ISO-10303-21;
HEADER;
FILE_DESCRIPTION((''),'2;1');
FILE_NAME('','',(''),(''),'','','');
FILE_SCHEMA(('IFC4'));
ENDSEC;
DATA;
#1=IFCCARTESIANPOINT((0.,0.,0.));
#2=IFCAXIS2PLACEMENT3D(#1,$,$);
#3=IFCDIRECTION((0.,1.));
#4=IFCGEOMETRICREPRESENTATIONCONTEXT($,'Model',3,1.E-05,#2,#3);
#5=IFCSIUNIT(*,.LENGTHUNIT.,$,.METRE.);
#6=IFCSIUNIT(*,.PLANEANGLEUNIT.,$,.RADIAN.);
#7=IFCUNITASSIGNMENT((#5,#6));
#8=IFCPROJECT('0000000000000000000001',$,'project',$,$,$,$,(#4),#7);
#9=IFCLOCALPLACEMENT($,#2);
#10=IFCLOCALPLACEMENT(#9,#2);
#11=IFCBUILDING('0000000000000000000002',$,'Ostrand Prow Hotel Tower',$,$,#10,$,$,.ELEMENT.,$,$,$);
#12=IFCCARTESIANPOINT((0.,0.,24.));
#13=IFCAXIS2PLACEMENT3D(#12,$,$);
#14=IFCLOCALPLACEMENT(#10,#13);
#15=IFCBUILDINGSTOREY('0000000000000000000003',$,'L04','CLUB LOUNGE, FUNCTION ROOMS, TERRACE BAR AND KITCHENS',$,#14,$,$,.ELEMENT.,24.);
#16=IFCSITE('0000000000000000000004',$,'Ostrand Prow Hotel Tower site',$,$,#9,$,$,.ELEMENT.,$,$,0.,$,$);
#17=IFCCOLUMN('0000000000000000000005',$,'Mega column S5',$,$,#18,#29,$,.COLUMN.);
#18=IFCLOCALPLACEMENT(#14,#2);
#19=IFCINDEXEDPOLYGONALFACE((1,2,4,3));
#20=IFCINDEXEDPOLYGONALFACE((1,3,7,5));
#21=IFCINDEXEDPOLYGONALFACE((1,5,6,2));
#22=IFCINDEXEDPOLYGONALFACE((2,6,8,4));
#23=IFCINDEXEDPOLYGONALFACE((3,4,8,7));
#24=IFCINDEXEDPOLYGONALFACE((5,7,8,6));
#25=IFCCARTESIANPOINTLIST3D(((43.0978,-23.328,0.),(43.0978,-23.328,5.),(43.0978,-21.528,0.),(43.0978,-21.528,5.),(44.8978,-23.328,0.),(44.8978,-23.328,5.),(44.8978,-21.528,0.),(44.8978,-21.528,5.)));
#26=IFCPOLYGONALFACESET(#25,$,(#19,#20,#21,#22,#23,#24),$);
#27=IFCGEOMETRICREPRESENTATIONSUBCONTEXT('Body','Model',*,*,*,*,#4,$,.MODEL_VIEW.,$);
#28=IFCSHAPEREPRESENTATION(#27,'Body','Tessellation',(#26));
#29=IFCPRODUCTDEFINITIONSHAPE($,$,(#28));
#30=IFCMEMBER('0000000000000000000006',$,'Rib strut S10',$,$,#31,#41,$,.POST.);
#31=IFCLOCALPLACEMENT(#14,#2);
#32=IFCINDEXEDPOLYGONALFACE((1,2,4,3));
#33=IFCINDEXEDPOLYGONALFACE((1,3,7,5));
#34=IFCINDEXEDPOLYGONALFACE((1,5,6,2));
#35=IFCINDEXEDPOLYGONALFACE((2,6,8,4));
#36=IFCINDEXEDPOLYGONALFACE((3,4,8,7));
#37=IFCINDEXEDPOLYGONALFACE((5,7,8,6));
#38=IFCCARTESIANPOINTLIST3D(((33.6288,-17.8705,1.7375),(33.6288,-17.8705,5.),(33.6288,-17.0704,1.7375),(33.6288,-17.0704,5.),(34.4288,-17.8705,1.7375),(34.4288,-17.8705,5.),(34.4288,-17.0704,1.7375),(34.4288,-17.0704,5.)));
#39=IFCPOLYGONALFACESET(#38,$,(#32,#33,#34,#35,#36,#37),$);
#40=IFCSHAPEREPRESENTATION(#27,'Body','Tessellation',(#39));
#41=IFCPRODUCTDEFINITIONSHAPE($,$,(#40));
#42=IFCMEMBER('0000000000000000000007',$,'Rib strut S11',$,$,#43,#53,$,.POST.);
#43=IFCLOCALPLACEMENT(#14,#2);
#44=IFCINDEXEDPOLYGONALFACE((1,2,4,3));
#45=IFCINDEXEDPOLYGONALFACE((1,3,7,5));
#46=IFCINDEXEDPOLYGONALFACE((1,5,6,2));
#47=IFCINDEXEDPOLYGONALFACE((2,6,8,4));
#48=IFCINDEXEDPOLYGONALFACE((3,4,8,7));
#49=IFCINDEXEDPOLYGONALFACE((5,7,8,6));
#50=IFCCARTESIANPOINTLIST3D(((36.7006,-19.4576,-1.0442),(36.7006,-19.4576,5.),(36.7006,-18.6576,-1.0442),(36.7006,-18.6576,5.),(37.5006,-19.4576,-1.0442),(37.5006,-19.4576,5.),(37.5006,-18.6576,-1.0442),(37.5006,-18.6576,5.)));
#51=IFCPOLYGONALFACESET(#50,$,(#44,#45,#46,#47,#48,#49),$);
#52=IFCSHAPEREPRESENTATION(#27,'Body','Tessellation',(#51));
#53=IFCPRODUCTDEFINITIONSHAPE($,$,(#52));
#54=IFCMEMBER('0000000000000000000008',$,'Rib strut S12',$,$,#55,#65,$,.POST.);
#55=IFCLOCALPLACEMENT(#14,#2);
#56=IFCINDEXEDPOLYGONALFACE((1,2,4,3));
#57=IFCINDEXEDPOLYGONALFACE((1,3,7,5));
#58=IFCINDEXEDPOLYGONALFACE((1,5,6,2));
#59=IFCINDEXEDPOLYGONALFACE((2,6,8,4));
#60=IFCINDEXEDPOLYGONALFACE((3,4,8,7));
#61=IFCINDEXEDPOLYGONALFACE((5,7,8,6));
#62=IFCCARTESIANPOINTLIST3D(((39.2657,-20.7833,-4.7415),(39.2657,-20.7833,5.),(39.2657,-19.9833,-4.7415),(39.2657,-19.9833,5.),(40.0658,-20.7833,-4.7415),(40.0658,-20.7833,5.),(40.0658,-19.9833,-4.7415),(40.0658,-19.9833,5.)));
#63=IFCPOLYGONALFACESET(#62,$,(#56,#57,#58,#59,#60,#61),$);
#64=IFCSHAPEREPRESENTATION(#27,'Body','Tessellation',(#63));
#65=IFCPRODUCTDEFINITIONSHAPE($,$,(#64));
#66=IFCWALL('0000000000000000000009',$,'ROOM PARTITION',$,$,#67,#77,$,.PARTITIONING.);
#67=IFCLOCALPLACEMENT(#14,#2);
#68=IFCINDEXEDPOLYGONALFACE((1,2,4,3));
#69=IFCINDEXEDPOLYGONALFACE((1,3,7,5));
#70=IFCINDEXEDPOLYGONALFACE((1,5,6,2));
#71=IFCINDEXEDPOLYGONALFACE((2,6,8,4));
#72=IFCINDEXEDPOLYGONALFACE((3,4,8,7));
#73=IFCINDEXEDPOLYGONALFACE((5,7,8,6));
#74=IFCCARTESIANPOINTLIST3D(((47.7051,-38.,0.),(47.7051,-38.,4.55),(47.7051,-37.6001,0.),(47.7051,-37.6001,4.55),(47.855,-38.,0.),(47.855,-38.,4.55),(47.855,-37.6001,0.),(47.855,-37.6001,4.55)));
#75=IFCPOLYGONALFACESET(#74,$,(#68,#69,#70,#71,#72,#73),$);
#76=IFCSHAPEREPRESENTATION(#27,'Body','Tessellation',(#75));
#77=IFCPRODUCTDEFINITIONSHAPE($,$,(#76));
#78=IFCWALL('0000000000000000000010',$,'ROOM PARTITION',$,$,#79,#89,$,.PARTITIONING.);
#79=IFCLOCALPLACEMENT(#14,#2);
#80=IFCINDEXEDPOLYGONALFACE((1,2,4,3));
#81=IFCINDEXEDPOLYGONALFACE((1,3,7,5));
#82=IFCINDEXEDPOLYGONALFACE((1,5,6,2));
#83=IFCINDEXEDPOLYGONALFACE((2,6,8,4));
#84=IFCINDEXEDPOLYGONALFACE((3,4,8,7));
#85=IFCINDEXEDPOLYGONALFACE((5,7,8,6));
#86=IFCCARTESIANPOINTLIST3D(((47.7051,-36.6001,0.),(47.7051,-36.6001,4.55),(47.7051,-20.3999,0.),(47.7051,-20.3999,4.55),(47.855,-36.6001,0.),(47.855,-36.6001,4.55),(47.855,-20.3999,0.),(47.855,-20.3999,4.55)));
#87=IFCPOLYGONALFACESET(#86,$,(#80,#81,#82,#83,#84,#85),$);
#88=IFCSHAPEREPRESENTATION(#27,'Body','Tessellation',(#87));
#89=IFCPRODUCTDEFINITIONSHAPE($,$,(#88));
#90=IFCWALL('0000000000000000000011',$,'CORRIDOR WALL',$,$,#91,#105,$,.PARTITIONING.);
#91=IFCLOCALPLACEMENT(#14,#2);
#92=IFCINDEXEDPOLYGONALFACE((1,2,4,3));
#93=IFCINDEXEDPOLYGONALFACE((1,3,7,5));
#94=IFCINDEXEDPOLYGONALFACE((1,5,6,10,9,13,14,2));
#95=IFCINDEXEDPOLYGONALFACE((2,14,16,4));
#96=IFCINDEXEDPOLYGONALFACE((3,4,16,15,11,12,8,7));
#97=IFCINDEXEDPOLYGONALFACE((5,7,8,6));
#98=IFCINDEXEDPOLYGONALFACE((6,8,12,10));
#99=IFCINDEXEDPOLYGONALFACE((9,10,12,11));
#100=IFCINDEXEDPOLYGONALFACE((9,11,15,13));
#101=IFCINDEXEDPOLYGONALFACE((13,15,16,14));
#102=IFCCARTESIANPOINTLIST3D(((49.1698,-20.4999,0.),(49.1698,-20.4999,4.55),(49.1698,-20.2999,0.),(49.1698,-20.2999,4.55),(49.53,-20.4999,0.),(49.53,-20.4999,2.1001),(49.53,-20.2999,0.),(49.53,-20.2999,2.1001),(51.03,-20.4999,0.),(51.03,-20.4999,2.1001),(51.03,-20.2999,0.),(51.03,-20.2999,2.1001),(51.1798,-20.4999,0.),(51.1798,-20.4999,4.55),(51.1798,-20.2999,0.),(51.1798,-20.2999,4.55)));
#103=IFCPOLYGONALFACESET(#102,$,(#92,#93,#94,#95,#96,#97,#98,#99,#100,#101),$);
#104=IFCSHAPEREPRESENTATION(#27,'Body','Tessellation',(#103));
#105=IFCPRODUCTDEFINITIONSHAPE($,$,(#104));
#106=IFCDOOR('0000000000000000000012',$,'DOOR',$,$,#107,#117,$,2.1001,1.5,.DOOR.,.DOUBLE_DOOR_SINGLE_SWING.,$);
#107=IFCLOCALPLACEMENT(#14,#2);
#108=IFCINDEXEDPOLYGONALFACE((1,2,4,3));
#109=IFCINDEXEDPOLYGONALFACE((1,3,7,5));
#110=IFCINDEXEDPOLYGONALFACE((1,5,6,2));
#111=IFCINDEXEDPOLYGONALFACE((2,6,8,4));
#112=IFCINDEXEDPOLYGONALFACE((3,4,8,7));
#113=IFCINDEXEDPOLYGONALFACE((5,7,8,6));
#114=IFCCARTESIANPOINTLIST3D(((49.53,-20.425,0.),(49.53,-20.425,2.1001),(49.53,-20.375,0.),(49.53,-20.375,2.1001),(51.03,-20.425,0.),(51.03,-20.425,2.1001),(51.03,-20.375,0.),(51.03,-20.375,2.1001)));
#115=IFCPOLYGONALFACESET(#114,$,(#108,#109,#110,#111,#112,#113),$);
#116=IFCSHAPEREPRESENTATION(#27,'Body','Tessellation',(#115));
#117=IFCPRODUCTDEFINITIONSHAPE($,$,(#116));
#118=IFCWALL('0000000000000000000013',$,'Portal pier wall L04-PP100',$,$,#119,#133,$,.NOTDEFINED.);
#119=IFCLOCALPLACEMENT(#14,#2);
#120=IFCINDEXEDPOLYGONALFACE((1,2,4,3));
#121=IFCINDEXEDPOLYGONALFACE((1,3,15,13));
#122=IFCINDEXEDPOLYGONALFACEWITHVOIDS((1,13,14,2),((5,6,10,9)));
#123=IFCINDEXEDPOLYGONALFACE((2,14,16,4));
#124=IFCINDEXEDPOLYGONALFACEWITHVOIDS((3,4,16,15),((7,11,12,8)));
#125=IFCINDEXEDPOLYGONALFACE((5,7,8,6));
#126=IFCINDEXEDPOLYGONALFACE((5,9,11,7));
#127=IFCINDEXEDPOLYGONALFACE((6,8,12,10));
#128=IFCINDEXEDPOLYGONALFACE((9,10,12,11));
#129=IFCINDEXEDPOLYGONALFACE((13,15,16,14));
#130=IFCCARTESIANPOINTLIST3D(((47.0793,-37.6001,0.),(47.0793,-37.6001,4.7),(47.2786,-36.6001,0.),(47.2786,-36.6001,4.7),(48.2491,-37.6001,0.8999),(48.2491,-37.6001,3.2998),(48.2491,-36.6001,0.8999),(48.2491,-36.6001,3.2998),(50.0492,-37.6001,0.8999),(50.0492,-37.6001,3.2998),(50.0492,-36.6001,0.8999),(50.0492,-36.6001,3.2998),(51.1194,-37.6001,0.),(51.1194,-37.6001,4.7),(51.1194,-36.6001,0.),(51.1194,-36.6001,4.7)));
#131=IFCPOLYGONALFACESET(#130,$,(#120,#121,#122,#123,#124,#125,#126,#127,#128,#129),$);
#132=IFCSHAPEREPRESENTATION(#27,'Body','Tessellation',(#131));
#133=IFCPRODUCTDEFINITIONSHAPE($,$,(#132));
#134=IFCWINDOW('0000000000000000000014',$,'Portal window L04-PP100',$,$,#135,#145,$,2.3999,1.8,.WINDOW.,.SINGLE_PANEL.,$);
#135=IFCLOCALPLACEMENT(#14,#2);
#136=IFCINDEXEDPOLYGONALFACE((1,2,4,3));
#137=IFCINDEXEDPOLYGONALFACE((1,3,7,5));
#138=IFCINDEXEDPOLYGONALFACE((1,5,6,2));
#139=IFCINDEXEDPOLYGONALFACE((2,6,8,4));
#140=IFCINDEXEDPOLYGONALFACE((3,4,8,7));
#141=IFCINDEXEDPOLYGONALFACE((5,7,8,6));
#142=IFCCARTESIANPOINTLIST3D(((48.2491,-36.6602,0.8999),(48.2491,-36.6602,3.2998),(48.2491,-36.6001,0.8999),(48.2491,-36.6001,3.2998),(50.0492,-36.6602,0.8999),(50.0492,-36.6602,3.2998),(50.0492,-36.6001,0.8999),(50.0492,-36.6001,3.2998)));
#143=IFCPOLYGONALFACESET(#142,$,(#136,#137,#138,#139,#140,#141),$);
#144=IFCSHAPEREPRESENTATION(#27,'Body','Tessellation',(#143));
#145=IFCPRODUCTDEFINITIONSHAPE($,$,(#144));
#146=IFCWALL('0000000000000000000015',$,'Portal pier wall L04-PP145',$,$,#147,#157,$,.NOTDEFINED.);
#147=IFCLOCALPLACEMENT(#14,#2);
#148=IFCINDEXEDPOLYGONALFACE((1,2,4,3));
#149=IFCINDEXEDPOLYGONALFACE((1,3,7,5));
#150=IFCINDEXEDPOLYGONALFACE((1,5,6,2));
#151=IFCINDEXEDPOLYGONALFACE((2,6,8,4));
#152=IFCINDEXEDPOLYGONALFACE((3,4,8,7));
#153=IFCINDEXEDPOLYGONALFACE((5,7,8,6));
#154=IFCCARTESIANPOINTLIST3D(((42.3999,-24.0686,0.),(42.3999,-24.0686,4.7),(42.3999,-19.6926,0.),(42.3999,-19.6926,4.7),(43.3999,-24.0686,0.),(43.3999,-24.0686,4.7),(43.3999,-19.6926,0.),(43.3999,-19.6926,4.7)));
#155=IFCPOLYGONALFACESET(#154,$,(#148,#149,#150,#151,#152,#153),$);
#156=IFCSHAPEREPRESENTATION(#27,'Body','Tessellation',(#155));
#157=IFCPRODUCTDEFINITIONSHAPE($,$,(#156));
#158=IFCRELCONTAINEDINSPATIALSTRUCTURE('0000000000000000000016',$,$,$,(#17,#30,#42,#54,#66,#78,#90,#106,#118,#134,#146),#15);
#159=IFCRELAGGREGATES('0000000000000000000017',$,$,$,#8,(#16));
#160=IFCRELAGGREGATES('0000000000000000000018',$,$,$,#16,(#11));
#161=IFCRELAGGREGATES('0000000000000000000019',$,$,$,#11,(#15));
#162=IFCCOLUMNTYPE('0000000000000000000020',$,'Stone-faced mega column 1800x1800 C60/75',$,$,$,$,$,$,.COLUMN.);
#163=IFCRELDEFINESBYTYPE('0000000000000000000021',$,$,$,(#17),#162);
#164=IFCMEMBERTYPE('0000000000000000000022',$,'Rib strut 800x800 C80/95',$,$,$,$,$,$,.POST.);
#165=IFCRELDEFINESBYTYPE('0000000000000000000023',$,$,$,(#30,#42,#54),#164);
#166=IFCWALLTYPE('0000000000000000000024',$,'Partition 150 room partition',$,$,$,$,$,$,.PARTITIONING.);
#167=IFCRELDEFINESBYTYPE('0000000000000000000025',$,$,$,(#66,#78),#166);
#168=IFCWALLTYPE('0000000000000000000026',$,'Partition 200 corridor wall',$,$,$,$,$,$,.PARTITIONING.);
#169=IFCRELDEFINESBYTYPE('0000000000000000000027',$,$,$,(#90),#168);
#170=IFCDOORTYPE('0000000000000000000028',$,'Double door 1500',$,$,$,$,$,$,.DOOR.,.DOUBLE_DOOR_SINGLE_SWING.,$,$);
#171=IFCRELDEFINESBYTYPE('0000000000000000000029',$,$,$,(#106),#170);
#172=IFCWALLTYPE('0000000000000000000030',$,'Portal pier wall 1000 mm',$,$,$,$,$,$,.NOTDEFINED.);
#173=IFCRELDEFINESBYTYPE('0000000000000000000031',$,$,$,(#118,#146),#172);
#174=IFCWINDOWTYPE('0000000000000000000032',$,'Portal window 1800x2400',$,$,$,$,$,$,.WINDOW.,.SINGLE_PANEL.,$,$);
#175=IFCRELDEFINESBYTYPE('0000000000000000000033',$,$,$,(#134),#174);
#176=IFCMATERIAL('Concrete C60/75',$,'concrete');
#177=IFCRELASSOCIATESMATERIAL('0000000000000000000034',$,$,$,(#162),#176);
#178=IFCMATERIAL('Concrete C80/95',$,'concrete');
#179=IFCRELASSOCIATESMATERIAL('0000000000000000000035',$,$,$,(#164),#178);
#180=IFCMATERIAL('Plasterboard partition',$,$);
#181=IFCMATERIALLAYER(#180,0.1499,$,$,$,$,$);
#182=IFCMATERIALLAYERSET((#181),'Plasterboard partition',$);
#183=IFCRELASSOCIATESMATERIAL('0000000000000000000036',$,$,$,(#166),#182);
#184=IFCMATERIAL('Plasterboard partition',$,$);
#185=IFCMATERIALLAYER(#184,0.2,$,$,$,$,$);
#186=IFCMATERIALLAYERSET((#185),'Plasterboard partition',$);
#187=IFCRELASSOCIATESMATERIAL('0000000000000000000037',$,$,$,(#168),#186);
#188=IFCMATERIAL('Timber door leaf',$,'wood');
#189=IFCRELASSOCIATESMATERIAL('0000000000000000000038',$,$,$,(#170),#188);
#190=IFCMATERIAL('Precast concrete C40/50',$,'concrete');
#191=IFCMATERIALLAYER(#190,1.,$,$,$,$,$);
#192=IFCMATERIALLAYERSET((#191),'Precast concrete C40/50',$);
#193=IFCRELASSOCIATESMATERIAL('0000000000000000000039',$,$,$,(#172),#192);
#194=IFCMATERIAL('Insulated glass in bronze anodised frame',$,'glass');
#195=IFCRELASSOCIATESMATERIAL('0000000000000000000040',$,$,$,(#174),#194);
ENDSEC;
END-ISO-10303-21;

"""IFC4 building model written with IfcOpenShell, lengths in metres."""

from ifc_helpers import new_model, si_unit, direction, frame, frame_2d, origin, origin_2d, place, context, subcontext, project, spatial, polyline, rectangle, outline, extrude, material, layer, layer_set, material_profile, profile_set, type_object, element, fill, save


model = new_model("IFC4")

# Units and contexts
model_context = context("Model", 3, precision=1e-05, world=origin(), true_north=direction((0.0, 1.0)))
body_context = subcontext(model_context, "Body", "Model", "MODEL_VIEW")
ifc_project = project(units=[si_unit("LENGTHUNIT", "METRE"), si_unit("PLANEANGLEUNIT", "RADIAN")], contexts=[model_context])

# Site, building, storey
site_placement = place(None, origin())
site = spatial("IfcSite", under=ifc_project, at=site_placement, Name="Ostrand Prow Hotel Tower site", CompositionType="ELEMENT", RefElevation=0.0)
building_placement = place(site_placement, origin())
building = spatial("IfcBuilding", under=site, at=building_placement, Name="Ostrand Prow Hotel Tower", CompositionType="ELEMENT")
storey_placement = place(building_placement, frame((0.0, 0.0, 24.0)))
storey = spatial("IfcBuildingStorey", under=building, at=storey_placement, Name="L04", Description="CLUB LOUNGE, FUNCTION ROOMS, TERRACE BAR AND KITCHENS", CompositionType="ELEMENT", Elevation=24.0)

# Column
ifc_material_1 = material(Name="Concrete C60/75", Category="concrete")
ifc_material_profile_1 = material_profile(ifc_material_1, rectangle(XDim=1.8, YDim=1.8, at=origin_2d()), Name="RC 1800x1800")
ifc_profile_set_1 = profile_set([ifc_material_profile_1], Name="Concrete C60/75")
column_type = type_object("IfcColumnType", Name="Stone-faced mega column 1800x1800 C60/75", PredefinedType="COLUMN", material=ifc_profile_set_1)
column_placement = place(storey_placement, frame((43.9978, -22.428, 0.0), z_axis=(0.0, 0.0, 1.0), x_axis=(1.0, 0.0, 0.0)))
element("IfcColumn", 1, at=column_placement, inside=storey, type_object=column_type, Name="Mega column S5", PredefinedType="COLUMN", context=body_context, shape_type="SweptSolid", body=[
    extrude(rectangle(XDim=1.8, YDim=1.8, at=origin_2d()), origin(), (0.0, 0.0, 1.0), 5.0),
])

# Members
ifc_material_2 = material(Name="Concrete C80/95", Category="concrete")
ifc_material_profile_2 = material_profile(ifc_material_2, rectangle(XDim=0.8, YDim=0.8, at=origin_2d()), Name="RC 800x800")
ifc_profile_set_2 = profile_set([ifc_material_profile_2], Name="Concrete C80/95")
member_type = type_object("IfcMemberType", Name="Rib strut 800x800 C80/95", PredefinedType="POST", material=ifc_profile_set_2)
member_1_placement = place(storey_placement, frame((34.0288, -17.4705, 1.7375), z_axis=(0.0, 0.0, 1.0), x_axis=(1.0, 0.0, 0.0)))
element("IfcMember", 2, at=member_1_placement, inside=storey, type_object=member_type, Name="Rib strut S10", PredefinedType="POST", context=body_context, shape_type="SweptSolid", body=[
    extrude(rectangle(XDim=0.8, YDim=0.8, at=origin_2d()), origin(), (0.0, 0.0, 1.0), 3.2625),
])
member_2_placement = place(storey_placement, frame((37.1006, -19.0576, -1.0442), z_axis=(0.0, 0.0, 1.0), x_axis=(1.0, 0.0, 0.0)))
element("IfcMember", 3, at=member_2_placement, inside=storey, type_object=member_type, Name="Rib strut S11", PredefinedType="POST", context=body_context, shape_type="SweptSolid", body=[
    extrude(rectangle(XDim=0.8, YDim=0.8, at=origin_2d()), origin(), (0.0, 0.0, 1.0), 6.0442),
])
member_3_placement = place(storey_placement, frame((39.6658, -20.3833, -4.7415), z_axis=(0.0, 0.0, 1.0), x_axis=(1.0, 0.0, 0.0)))
element("IfcMember", 4, at=member_3_placement, inside=storey, type_object=member_type, Name="Rib strut S12", PredefinedType="POST", context=body_context, shape_type="SweptSolid", body=[
    extrude(rectangle(XDim=0.8, YDim=0.8, at=origin_2d()), origin(), (0.0, 0.0, 1.0), 9.7415),
])

# Walls
ifc_material_3 = material(Name="Plasterboard partition")
ifc_layer_1 = layer(ifc_material_3, 0.1499)
ifc_layer_set_1 = layer_set([ifc_layer_1], Name="Plasterboard partition")
wall_type_1 = type_object("IfcWallType", Name="Partition 150 room partition", PredefinedType="PARTITIONING", material=ifc_layer_set_1)
wall_1_placement = place(storey_placement, frame((47.78, -38.0, 0.0), z_axis=(0.0, 0.0, 1.0), x_axis=(0.0, 1.0, 0.0)))
element("IfcWall", 5, at=wall_1_placement, inside=storey, type_object=wall_type_1, Name="ROOM PARTITION", PredefinedType="PARTITIONING", context=body_context, shape_type="SweptSolid", body=[
    extrude(rectangle(XDim=0.3999, YDim=0.1499, at=frame_2d((0.2, 0.0))), origin(), (0.0, 0.0, 1.0), 4.55),
])
wall_2_placement = place(storey_placement, frame((47.78, -36.6001, 0.0), z_axis=(0.0, 0.0, 1.0), x_axis=(0.0, 1.0, 0.0)))
element("IfcWall", 6, at=wall_2_placement, inside=storey, type_object=wall_type_1, Name="ROOM PARTITION", PredefinedType="PARTITIONING", context=body_context, shape_type="SweptSolid", body=[
    extrude(rectangle(XDim=16.2002, YDim=0.1499, at=frame_2d((8.1001, 0.0))), origin(), (0.0, 0.0, 1.0), 4.55),
])

# Wall, opening, door
ifc_material_4 = material(Name="Plasterboard partition")
ifc_layer_2 = layer(ifc_material_4, 0.2)
ifc_layer_set_2 = layer_set([ifc_layer_2], Name="Plasterboard partition")
wall_type_2 = type_object("IfcWallType", Name="Partition 200 corridor wall", PredefinedType="PARTITIONING", material=ifc_layer_set_2)
wall_3_placement = place(storey_placement, frame((49.1699, -20.3999, 0.0), z_axis=(0.0, 0.0, 1.0), x_axis=(1.0, 0.0, 0.0)))
wall_3 = element("IfcWall", 7, at=wall_3_placement, inside=storey, type_object=wall_type_2, Name="CORRIDOR WALL", PredefinedType="PARTITIONING", context=body_context, shape_type="SweptSolid", body=[
    extrude(rectangle(XDim=2.01, YDim=0.2, at=frame_2d((1.0049, 0.0))), origin(), (0.0, 0.0, 1.0), 4.55),
])
opening_1_placement = place(wall_3_placement, frame((0.3601, 0.0, 0.0)))
opening_1 = element("IfcOpeningElement", 8, at=opening_1_placement, cuts=wall_3, PredefinedType="OPENING", context=body_context, shape_type="SweptSolid", body=[
    extrude(rectangle(XDim=1.5, YDim=2.1001, at=frame_2d((0.75, 1.05))), frame((0.0, 0.1099, 0.0), z_axis=(0.0, -1.0, 0.0), x_axis=(1.0, 0.0, 0.0)), (0.0, 0.0, 1.0), 0.22),
])
ifc_material_5 = material(Name="Timber door leaf", Category="wood")
door_type = type_object("IfcDoorType", Name="Double door 1500", OperationType="DOUBLE_DOOR_SINGLE_SWING", PredefinedType="DOOR", material=ifc_material_5)
door_placement = place(opening_1_placement, origin())
door = element("IfcDoor", 9, at=door_placement, inside=storey, type_object=door_type, Name="DOOR", OperationType="DOUBLE_DOOR_SINGLE_SWING", OverallHeight=2.1001, OverallWidth=1.5, PredefinedType="DOOR", context=body_context, shape_type="SweptSolid", body=[
    extrude(rectangle(XDim=1.5, YDim=2.1001, at=frame_2d((0.75, 1.05))), frame((0.0, 0.0249, 0.0), z_axis=(0.0, -1.0, 0.0), x_axis=(1.0, 0.0, 0.0)), (0.0, 0.0, 1.0), 0.05),
])
fill(opening_1, door)

# Wall, opening, window
ifc_material_6 = material(Name="Precast concrete C40/50", Category="concrete")
ifc_layer_3 = layer(ifc_material_6, 1.0)
ifc_layer_set_3 = layer_set([ifc_layer_3], Name="Precast concrete C40/50")
wall_type_3 = type_object("IfcWallType", Name="Portal pier wall 1000 mm", PredefinedType="NOTDEFINED", material=ifc_layer_set_3)
wall_4_placement = place(storey_placement, frame((47.179, -37.1001, 0.0), z_axis=(0.0, 0.0, 1.0), x_axis=(1.0, 0.0, 0.0)))
wall_4 = element("IfcWall", 10, at=wall_4_placement, inside=storey, type_object=wall_type_3, Name="Portal pier wall L04-PP100", PredefinedType="NOTDEFINED", context=body_context, shape_type="SweptSolid", body=[
    extrude(outline(polyline([(-0.0996, -0.5), (3.9404, -0.5), (3.9404, 0.5), (0.0996, 0.5), (-0.0996, -0.5)])), origin(), (0.0, 0.0, 1.0), 4.7),
])
opening_2_placement = place(wall_4_placement, frame((1.0703, 0.0, 0.8999)))
opening_2 = element("IfcOpeningElement", 11, at=opening_2_placement, cuts=wall_4, PredefinedType="OPENING", context=body_context, shape_type="SweptSolid", body=[
    extrude(rectangle(XDim=1.8, YDim=2.3999, at=frame_2d((0.8999, 1.2))), frame((0.0, 0.51, 0.0), z_axis=(0.0, -1.0, 0.0), x_axis=(1.0, 0.0, 0.0)), (0.0, 0.0, 1.0), 1.02),
])
ifc_material_7 = material(Name="Insulated glass in bronze anodised frame", Category="glass")
window_type = type_object("IfcWindowType", Name="Portal window 1800x2400", PartitioningType="SINGLE_PANEL", PredefinedType="WINDOW", material=ifc_material_7)
window_1_placement = place(opening_2_placement, origin())
window_1 = element("IfcWindow", 12, at=window_1_placement, inside=storey, type_object=window_type, Name="Portal window L04-PP100", OverallHeight=2.3999, OverallWidth=1.8, PartitioningType="SINGLE_PANEL", PredefinedType="WINDOW", context=body_context, shape_type="SweptSolid", body=[
    extrude(rectangle(XDim=1.8, YDim=2.3999, at=frame_2d((0.8999, 1.2))), frame((0.0, 0.5, 0.0), z_axis=(0.0, -1.0, 0.0), x_axis=(1.0, 0.0, 0.0)), (0.0, 0.0, 1.0), 0.0601),
])
fill(opening_2, window_1)

# Wall
wall_5_placement = place(storey_placement, frame((42.8999, -19.6926, 0.0), z_axis=(0.0, 0.0, 1.0), x_axis=(0.0, -1.0, 0.0)))
element("IfcWall", 13, at=wall_5_placement, inside=storey, type_object=wall_type_3, Name="Portal pier wall L04-PP145", PredefinedType="NOTDEFINED", context=body_context, shape_type="SweptSolid", body=[
    extrude(outline(polyline([(0.0, -0.5), (4.376, -0.5), (4.376, 0.5), (0.0, 0.5), (0.0, -0.5)])), origin(), (0.0, 0.0, 1.0), 4.7),
])

save(model, "model.ifc")
